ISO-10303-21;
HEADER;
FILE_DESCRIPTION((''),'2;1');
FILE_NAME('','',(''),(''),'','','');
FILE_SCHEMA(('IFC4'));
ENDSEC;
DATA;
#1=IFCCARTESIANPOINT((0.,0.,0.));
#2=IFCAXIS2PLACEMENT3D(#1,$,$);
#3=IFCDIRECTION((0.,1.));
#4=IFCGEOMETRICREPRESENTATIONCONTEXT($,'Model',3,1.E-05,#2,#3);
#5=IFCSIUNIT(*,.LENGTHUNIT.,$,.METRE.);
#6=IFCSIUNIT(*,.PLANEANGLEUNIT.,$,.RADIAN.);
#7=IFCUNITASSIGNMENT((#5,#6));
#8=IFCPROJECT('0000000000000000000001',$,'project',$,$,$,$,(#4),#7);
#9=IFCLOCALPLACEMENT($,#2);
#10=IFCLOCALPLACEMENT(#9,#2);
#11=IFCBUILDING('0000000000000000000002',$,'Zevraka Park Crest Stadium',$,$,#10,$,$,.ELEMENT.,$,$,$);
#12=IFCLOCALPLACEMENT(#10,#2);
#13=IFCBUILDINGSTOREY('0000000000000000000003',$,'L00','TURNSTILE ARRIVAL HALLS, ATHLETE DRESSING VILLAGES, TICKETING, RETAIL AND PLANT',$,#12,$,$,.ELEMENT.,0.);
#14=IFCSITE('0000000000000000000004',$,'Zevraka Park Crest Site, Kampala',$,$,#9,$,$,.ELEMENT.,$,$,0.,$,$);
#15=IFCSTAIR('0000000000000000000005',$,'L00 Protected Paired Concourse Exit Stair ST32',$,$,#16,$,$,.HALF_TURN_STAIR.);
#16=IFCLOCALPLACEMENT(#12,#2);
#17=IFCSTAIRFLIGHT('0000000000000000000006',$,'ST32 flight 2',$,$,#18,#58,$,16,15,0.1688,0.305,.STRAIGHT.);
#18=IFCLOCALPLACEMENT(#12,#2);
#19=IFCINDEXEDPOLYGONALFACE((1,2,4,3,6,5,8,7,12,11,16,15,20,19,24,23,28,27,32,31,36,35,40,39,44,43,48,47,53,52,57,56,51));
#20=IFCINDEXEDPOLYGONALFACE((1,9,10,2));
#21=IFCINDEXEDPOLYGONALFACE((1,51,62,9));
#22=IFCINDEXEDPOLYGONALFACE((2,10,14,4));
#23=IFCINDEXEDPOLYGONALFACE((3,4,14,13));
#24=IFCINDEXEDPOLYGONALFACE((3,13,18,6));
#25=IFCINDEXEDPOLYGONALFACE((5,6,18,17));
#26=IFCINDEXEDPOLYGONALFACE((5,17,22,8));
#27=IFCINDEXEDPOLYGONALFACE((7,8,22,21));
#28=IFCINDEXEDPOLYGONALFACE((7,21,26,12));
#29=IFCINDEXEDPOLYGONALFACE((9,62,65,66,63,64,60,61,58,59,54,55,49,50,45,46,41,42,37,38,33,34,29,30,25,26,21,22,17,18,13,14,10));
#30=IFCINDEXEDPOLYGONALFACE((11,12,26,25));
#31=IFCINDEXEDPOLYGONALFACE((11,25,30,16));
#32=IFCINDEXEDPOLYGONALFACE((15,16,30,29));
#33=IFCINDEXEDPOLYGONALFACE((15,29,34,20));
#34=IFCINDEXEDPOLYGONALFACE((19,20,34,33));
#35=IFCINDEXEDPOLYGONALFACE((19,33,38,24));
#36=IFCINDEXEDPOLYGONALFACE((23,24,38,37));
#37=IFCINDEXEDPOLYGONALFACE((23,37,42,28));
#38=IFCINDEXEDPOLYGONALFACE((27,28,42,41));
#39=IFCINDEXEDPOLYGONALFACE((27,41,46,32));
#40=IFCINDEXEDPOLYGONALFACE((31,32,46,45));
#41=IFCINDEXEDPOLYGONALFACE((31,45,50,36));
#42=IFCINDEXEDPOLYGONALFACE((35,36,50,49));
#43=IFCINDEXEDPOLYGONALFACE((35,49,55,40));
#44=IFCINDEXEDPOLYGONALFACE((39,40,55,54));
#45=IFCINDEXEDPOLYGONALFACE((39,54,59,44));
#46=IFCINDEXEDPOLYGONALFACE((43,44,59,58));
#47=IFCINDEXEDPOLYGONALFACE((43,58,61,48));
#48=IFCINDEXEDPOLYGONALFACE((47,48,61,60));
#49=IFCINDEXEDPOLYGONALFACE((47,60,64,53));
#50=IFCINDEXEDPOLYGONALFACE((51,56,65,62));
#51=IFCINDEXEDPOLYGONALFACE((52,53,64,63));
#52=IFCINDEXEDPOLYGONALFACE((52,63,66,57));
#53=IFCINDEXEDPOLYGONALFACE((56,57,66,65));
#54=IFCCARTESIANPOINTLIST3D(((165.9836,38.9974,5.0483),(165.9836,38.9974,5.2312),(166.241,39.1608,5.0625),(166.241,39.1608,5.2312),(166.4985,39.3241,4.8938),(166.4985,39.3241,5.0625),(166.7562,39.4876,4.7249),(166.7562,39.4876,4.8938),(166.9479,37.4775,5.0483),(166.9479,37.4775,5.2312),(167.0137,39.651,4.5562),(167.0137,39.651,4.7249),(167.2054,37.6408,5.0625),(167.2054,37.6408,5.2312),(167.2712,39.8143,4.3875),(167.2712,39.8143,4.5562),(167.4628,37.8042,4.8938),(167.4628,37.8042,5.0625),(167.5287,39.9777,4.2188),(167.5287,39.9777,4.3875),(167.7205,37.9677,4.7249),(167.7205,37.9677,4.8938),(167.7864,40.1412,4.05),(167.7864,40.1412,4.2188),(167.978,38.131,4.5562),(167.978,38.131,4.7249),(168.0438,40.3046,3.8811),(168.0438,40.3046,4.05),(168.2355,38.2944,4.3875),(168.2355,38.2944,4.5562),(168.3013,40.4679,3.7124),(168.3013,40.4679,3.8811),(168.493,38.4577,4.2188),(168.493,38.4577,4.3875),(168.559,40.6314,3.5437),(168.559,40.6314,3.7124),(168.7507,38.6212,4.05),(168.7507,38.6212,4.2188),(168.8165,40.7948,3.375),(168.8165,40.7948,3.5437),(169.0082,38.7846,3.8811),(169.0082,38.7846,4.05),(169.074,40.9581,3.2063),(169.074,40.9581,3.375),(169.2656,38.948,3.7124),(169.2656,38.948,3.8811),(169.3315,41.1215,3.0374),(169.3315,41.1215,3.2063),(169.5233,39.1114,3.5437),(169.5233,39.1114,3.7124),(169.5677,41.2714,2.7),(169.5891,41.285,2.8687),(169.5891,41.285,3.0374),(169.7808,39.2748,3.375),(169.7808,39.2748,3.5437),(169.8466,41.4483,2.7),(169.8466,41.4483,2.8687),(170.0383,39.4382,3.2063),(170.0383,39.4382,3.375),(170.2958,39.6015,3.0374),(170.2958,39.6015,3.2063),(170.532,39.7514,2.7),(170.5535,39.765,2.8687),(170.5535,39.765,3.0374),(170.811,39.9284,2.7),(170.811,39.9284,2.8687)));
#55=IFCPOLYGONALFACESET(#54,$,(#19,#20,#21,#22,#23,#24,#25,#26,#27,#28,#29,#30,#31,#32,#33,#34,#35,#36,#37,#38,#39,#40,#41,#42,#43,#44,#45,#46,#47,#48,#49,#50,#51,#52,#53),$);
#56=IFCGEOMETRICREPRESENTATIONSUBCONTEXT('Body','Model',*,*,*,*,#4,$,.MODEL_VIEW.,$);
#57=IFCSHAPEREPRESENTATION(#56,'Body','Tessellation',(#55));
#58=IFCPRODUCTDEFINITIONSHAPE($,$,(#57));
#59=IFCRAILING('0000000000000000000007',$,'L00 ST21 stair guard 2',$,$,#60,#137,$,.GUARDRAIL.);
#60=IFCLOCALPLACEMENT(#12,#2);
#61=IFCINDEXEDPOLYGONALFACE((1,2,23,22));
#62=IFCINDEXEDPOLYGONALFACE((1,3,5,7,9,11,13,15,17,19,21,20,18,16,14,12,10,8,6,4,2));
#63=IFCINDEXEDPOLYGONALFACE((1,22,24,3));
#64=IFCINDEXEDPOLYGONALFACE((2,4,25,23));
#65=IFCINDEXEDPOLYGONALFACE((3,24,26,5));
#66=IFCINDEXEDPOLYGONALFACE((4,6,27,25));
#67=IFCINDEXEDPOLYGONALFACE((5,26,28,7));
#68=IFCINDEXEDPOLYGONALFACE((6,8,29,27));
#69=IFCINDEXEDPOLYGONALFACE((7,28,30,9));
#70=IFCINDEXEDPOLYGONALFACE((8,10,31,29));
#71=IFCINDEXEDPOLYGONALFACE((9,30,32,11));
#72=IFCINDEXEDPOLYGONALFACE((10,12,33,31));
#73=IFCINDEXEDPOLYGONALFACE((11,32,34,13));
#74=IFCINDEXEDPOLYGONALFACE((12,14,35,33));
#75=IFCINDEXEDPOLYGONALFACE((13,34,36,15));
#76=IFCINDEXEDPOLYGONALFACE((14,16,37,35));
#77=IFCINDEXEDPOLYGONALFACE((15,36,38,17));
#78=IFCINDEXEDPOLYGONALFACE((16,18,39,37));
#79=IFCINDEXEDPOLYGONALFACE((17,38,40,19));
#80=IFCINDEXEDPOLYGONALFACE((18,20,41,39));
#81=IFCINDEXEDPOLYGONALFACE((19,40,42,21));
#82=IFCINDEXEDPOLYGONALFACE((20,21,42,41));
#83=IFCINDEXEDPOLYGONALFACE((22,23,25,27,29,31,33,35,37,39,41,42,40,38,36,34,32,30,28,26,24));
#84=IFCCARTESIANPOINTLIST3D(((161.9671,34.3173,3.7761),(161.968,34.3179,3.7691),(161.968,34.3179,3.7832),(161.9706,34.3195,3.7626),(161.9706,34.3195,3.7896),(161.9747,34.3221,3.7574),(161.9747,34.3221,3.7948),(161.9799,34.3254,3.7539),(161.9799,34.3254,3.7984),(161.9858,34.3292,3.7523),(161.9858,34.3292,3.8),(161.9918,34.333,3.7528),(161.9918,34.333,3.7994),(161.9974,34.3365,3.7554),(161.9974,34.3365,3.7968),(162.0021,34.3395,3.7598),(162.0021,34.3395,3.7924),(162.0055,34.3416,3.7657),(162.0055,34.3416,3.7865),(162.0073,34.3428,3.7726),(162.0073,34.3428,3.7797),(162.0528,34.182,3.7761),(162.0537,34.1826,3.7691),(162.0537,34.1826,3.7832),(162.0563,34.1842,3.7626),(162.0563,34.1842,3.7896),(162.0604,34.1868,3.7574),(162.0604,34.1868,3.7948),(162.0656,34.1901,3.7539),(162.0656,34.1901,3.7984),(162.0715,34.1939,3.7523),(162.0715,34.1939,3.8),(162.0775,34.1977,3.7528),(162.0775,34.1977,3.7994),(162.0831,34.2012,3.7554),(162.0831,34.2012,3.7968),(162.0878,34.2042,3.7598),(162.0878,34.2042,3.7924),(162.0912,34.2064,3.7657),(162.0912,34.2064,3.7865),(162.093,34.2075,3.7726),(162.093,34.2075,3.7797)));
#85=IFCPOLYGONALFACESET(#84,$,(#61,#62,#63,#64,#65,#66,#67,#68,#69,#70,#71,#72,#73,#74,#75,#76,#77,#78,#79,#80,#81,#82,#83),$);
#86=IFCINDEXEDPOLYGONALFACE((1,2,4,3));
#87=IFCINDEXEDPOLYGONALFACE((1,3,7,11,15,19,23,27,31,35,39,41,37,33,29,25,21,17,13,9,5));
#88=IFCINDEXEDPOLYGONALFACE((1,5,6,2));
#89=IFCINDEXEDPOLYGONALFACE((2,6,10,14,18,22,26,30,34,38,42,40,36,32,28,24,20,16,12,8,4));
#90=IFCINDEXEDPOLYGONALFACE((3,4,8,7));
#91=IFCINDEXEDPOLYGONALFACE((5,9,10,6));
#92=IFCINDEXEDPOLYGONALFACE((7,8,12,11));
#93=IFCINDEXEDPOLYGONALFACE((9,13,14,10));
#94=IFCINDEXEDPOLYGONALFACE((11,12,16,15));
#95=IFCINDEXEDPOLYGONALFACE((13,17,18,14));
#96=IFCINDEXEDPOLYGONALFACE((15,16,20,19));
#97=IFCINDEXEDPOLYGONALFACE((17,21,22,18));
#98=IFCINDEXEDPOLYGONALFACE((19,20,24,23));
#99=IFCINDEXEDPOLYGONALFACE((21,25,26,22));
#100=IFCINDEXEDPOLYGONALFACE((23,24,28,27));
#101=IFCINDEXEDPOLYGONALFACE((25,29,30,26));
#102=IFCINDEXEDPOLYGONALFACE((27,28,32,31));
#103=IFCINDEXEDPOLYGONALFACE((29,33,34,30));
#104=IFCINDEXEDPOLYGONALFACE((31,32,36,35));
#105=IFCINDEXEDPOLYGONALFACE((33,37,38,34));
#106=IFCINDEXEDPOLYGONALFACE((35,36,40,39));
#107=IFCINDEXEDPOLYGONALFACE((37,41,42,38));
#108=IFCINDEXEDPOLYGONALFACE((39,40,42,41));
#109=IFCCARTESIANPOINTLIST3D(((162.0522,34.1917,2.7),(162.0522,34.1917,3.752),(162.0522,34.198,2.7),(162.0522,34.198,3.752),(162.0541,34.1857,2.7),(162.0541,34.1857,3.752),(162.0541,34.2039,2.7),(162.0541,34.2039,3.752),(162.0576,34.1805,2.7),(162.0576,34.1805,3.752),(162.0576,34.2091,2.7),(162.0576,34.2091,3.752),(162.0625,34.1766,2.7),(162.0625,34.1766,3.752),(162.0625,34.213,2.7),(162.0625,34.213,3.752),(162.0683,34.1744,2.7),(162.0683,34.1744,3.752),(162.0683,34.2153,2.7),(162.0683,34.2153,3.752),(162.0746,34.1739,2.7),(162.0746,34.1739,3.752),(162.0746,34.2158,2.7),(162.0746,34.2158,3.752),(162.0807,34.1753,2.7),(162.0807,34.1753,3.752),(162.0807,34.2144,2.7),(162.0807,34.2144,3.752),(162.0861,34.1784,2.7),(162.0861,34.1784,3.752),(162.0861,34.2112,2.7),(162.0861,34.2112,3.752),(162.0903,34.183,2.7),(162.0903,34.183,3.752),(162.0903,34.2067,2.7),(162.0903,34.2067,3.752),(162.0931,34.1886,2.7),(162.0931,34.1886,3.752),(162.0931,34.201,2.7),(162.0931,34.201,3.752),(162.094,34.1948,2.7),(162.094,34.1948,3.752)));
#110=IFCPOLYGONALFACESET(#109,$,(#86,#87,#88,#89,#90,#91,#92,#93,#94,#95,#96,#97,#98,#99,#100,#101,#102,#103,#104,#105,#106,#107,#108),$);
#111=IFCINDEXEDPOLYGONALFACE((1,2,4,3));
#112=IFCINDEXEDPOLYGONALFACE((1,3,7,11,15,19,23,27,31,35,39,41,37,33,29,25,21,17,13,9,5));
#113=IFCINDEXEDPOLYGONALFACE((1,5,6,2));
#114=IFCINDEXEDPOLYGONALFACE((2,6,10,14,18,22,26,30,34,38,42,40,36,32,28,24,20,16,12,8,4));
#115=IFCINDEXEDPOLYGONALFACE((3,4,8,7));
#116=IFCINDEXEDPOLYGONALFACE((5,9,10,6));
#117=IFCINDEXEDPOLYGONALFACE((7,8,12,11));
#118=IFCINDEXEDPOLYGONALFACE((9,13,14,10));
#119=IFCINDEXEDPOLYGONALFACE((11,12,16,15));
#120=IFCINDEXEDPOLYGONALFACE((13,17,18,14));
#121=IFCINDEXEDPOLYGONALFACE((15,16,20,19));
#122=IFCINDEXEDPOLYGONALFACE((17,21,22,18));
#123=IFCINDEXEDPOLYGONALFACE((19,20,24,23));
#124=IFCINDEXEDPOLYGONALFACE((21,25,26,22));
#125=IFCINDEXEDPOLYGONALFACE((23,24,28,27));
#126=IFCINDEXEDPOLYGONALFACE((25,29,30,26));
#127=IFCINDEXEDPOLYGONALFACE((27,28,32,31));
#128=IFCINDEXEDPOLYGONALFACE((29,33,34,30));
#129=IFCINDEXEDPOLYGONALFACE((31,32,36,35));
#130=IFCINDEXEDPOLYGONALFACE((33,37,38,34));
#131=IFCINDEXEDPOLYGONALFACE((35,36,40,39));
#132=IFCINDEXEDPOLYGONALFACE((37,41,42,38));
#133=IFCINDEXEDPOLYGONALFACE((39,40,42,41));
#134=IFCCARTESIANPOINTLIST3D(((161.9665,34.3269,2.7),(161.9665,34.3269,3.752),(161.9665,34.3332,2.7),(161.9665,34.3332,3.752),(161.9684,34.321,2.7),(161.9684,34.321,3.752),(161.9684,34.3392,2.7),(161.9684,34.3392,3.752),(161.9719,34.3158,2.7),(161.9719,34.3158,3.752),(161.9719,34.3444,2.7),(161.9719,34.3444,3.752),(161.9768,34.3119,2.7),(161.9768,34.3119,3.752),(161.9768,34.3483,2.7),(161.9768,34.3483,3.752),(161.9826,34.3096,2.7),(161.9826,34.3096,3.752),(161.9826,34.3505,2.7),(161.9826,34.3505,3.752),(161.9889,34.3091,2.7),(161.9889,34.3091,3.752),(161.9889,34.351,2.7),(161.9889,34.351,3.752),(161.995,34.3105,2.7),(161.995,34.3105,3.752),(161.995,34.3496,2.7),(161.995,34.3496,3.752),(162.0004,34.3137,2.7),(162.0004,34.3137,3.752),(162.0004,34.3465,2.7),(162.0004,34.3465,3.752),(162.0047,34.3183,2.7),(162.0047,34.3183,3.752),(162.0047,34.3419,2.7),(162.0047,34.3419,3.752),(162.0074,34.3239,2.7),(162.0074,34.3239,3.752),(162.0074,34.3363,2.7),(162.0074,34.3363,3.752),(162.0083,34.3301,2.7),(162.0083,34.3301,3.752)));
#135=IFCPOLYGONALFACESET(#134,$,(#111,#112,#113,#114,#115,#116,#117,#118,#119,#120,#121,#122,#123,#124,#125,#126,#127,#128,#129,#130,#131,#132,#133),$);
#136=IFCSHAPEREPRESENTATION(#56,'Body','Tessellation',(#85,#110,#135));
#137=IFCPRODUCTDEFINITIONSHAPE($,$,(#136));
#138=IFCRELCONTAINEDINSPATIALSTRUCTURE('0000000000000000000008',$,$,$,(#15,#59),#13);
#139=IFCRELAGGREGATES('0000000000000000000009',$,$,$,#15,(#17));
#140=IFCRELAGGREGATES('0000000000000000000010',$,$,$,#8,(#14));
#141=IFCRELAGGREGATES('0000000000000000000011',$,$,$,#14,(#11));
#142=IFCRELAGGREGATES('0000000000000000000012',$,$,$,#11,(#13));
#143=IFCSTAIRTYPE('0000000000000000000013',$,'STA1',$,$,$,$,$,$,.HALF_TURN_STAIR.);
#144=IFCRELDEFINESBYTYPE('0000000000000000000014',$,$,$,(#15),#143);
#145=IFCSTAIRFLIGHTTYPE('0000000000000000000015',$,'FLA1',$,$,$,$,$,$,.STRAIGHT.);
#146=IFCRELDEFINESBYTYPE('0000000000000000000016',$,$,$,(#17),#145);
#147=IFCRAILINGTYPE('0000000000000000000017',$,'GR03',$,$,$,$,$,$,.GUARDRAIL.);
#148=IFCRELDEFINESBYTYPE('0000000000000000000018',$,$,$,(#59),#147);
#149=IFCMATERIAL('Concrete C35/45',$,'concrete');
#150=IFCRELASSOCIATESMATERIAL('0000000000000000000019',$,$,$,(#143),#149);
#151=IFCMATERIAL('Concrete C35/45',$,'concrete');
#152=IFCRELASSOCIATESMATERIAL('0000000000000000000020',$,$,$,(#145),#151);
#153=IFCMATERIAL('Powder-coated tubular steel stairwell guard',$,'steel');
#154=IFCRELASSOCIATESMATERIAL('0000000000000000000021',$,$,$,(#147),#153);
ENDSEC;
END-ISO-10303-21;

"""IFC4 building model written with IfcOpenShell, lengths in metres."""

from ifc_helpers import new_model, si_unit, direction, frame, origin, origin_2d, place, context, subcontext, project, spatial, polyline, circle, outline, extrude, material, type_object, element, aggregate, save


model = new_model("IFC4")

# Units and contexts
model_context = context("Model", 3, precision=1e-05, world=origin(), true_north=direction((0.0, 1.0)))
body_context = subcontext(model_context, "Body", "Model", "MODEL_VIEW")
ifc_project = project(units=[si_unit("LENGTHUNIT", "METRE"), si_unit("PLANEANGLEUNIT", "RADIAN")], contexts=[model_context])

# Site, building, storey
site_placement = place(None, origin())
site = spatial("IfcSite", under=ifc_project, at=site_placement, Name="Zevraka Park Crest Site, Kampala", CompositionType="ELEMENT", RefElevation=0.0)
building_placement = place(site_placement, origin())
building = spatial("IfcBuilding", under=site, at=building_placement, Name="Zevraka Park Crest Stadium", CompositionType="ELEMENT")
storey_placement = place(building_placement, origin())
storey = spatial("IfcBuildingStorey", under=building, at=storey_placement, Name="L00", Description="TURNSTILE ARRIVAL HALLS, ATHLETE DRESSING VILLAGES, TICKETING, RETAIL AND PLANT", CompositionType="ELEMENT", Elevation=0.0)

# Stair, stair flight
ifc_material_1 = material(Name="Concrete C35/45", Category="concrete")
stair_type = type_object("IfcStairType", Name="STA1", PredefinedType="HALF_TURN_STAIR", material=ifc_material_1)
ifc_material_2 = material(Name="Concrete C35/45", Category="concrete")
stair_flight_type = type_object("IfcStairFlightType", Name="FLA1", PredefinedType="STRAIGHT", material=ifc_material_2)
stair_1_placement = place(storey_placement, origin())
stair_1 = element("IfcStair", 1, at=stair_1_placement, inside=storey, type_object=stair_type, Name="L00 Protected Paired Concourse Exit Stair ST32", PredefinedType="HALF_TURN_STAIR")
stair_flight_1_placement = place(storey_placement, frame((170.3289, 40.6882, 2.7), z_axis=(0.0, 0.0, 1.0), x_axis=(-0.844397, -0.535718, 0.0)))
stair_flight_1 = element("IfcStairFlight", 2, at=stair_flight_1_placement, type_object=stair_flight_type, Name="ST32 flight 2", NumberOfRisers=16, NumberOfTreads=15, PredefinedType="STRAIGHT", RiserHeight=0.1688, TreadLength=0.305, context=body_context, shape_type="SweptSolid", body=[
    extrude(outline(polyline([(0.0, 0.0), (0.0, 0.1687), (0.3049, 0.1687), (0.3049, 0.3374), (0.6101, 0.3374), (0.6101, 0.5063), (0.915, 0.5063), (0.915, 0.675), (1.22, 0.675), (1.22, 0.8438), (1.5249, 0.8438), (1.5249, 1.0125), (1.8301, 1.0125), (1.8301, 1.1812), (2.135, 1.1812), (2.135, 1.3501), (2.4399, 1.3501), (2.4399, 1.5188), (2.7451, 1.5188), (2.7451, 1.6875), (3.05, 1.6875), (3.05, 1.8562), (3.355, 1.8562), (3.355, 2.0249), (3.6599, 2.0249), (3.6599, 2.1938), (3.9651, 2.1938), (3.9651, 2.3625), (4.27, 2.3625), (4.27, 2.5312), (4.575, 2.5312), (4.575, 2.7), (4.575, 2.3484), (0.3303, 0.0), (0.0, 0.0)])), frame((0.0, 0.8999, 0.0), z_axis=(0.0, -1.0, 0.0), x_axis=(1.0, 0.0, 0.0)), (0.0, 0.0, 1.0), 1.8),
])
aggregate(stair_1, [stair_flight_1])

# Railing
ifc_material_3 = material(Name="Powder-coated tubular steel stairwell guard", Category="steel")
railing_type_1 = type_object("IfcRailingType", Name="GR03", PredefinedType="GUARDRAIL", material=ifc_material_3)
railing_1_placement = place(storey_placement, frame((162.073, 34.1948, 2.7)))
element("IfcRailing", 3, at=railing_1_placement, inside=storey, type_object=railing_type_1, Name="L00 ST21 stair guard 2", PredefinedType="GUARDRAIL", context=body_context, shape_type="SweptSolid", body=[
    extrude(circle(Radius=0.0239, at=origin_2d()), frame((0.0, 0.0, 1.0762), z_axis=(-0.535197, 0.844727, 0.0), x_axis=(-0.844727, -0.535197, 0.0)), (0.0, 0.0, 1.0), 0.1602),
    extrude(circle(Radius=0.021, at=origin_2d()), origin(), (0.0, 0.0, 1.0), 1.052),
    extrude(circle(Radius=0.021, at=origin_2d()), frame((-0.0857, 0.1353, 0.0)), (0.0, 0.0, 1.0), 1.052),
])

save(model, "model.ifc")
